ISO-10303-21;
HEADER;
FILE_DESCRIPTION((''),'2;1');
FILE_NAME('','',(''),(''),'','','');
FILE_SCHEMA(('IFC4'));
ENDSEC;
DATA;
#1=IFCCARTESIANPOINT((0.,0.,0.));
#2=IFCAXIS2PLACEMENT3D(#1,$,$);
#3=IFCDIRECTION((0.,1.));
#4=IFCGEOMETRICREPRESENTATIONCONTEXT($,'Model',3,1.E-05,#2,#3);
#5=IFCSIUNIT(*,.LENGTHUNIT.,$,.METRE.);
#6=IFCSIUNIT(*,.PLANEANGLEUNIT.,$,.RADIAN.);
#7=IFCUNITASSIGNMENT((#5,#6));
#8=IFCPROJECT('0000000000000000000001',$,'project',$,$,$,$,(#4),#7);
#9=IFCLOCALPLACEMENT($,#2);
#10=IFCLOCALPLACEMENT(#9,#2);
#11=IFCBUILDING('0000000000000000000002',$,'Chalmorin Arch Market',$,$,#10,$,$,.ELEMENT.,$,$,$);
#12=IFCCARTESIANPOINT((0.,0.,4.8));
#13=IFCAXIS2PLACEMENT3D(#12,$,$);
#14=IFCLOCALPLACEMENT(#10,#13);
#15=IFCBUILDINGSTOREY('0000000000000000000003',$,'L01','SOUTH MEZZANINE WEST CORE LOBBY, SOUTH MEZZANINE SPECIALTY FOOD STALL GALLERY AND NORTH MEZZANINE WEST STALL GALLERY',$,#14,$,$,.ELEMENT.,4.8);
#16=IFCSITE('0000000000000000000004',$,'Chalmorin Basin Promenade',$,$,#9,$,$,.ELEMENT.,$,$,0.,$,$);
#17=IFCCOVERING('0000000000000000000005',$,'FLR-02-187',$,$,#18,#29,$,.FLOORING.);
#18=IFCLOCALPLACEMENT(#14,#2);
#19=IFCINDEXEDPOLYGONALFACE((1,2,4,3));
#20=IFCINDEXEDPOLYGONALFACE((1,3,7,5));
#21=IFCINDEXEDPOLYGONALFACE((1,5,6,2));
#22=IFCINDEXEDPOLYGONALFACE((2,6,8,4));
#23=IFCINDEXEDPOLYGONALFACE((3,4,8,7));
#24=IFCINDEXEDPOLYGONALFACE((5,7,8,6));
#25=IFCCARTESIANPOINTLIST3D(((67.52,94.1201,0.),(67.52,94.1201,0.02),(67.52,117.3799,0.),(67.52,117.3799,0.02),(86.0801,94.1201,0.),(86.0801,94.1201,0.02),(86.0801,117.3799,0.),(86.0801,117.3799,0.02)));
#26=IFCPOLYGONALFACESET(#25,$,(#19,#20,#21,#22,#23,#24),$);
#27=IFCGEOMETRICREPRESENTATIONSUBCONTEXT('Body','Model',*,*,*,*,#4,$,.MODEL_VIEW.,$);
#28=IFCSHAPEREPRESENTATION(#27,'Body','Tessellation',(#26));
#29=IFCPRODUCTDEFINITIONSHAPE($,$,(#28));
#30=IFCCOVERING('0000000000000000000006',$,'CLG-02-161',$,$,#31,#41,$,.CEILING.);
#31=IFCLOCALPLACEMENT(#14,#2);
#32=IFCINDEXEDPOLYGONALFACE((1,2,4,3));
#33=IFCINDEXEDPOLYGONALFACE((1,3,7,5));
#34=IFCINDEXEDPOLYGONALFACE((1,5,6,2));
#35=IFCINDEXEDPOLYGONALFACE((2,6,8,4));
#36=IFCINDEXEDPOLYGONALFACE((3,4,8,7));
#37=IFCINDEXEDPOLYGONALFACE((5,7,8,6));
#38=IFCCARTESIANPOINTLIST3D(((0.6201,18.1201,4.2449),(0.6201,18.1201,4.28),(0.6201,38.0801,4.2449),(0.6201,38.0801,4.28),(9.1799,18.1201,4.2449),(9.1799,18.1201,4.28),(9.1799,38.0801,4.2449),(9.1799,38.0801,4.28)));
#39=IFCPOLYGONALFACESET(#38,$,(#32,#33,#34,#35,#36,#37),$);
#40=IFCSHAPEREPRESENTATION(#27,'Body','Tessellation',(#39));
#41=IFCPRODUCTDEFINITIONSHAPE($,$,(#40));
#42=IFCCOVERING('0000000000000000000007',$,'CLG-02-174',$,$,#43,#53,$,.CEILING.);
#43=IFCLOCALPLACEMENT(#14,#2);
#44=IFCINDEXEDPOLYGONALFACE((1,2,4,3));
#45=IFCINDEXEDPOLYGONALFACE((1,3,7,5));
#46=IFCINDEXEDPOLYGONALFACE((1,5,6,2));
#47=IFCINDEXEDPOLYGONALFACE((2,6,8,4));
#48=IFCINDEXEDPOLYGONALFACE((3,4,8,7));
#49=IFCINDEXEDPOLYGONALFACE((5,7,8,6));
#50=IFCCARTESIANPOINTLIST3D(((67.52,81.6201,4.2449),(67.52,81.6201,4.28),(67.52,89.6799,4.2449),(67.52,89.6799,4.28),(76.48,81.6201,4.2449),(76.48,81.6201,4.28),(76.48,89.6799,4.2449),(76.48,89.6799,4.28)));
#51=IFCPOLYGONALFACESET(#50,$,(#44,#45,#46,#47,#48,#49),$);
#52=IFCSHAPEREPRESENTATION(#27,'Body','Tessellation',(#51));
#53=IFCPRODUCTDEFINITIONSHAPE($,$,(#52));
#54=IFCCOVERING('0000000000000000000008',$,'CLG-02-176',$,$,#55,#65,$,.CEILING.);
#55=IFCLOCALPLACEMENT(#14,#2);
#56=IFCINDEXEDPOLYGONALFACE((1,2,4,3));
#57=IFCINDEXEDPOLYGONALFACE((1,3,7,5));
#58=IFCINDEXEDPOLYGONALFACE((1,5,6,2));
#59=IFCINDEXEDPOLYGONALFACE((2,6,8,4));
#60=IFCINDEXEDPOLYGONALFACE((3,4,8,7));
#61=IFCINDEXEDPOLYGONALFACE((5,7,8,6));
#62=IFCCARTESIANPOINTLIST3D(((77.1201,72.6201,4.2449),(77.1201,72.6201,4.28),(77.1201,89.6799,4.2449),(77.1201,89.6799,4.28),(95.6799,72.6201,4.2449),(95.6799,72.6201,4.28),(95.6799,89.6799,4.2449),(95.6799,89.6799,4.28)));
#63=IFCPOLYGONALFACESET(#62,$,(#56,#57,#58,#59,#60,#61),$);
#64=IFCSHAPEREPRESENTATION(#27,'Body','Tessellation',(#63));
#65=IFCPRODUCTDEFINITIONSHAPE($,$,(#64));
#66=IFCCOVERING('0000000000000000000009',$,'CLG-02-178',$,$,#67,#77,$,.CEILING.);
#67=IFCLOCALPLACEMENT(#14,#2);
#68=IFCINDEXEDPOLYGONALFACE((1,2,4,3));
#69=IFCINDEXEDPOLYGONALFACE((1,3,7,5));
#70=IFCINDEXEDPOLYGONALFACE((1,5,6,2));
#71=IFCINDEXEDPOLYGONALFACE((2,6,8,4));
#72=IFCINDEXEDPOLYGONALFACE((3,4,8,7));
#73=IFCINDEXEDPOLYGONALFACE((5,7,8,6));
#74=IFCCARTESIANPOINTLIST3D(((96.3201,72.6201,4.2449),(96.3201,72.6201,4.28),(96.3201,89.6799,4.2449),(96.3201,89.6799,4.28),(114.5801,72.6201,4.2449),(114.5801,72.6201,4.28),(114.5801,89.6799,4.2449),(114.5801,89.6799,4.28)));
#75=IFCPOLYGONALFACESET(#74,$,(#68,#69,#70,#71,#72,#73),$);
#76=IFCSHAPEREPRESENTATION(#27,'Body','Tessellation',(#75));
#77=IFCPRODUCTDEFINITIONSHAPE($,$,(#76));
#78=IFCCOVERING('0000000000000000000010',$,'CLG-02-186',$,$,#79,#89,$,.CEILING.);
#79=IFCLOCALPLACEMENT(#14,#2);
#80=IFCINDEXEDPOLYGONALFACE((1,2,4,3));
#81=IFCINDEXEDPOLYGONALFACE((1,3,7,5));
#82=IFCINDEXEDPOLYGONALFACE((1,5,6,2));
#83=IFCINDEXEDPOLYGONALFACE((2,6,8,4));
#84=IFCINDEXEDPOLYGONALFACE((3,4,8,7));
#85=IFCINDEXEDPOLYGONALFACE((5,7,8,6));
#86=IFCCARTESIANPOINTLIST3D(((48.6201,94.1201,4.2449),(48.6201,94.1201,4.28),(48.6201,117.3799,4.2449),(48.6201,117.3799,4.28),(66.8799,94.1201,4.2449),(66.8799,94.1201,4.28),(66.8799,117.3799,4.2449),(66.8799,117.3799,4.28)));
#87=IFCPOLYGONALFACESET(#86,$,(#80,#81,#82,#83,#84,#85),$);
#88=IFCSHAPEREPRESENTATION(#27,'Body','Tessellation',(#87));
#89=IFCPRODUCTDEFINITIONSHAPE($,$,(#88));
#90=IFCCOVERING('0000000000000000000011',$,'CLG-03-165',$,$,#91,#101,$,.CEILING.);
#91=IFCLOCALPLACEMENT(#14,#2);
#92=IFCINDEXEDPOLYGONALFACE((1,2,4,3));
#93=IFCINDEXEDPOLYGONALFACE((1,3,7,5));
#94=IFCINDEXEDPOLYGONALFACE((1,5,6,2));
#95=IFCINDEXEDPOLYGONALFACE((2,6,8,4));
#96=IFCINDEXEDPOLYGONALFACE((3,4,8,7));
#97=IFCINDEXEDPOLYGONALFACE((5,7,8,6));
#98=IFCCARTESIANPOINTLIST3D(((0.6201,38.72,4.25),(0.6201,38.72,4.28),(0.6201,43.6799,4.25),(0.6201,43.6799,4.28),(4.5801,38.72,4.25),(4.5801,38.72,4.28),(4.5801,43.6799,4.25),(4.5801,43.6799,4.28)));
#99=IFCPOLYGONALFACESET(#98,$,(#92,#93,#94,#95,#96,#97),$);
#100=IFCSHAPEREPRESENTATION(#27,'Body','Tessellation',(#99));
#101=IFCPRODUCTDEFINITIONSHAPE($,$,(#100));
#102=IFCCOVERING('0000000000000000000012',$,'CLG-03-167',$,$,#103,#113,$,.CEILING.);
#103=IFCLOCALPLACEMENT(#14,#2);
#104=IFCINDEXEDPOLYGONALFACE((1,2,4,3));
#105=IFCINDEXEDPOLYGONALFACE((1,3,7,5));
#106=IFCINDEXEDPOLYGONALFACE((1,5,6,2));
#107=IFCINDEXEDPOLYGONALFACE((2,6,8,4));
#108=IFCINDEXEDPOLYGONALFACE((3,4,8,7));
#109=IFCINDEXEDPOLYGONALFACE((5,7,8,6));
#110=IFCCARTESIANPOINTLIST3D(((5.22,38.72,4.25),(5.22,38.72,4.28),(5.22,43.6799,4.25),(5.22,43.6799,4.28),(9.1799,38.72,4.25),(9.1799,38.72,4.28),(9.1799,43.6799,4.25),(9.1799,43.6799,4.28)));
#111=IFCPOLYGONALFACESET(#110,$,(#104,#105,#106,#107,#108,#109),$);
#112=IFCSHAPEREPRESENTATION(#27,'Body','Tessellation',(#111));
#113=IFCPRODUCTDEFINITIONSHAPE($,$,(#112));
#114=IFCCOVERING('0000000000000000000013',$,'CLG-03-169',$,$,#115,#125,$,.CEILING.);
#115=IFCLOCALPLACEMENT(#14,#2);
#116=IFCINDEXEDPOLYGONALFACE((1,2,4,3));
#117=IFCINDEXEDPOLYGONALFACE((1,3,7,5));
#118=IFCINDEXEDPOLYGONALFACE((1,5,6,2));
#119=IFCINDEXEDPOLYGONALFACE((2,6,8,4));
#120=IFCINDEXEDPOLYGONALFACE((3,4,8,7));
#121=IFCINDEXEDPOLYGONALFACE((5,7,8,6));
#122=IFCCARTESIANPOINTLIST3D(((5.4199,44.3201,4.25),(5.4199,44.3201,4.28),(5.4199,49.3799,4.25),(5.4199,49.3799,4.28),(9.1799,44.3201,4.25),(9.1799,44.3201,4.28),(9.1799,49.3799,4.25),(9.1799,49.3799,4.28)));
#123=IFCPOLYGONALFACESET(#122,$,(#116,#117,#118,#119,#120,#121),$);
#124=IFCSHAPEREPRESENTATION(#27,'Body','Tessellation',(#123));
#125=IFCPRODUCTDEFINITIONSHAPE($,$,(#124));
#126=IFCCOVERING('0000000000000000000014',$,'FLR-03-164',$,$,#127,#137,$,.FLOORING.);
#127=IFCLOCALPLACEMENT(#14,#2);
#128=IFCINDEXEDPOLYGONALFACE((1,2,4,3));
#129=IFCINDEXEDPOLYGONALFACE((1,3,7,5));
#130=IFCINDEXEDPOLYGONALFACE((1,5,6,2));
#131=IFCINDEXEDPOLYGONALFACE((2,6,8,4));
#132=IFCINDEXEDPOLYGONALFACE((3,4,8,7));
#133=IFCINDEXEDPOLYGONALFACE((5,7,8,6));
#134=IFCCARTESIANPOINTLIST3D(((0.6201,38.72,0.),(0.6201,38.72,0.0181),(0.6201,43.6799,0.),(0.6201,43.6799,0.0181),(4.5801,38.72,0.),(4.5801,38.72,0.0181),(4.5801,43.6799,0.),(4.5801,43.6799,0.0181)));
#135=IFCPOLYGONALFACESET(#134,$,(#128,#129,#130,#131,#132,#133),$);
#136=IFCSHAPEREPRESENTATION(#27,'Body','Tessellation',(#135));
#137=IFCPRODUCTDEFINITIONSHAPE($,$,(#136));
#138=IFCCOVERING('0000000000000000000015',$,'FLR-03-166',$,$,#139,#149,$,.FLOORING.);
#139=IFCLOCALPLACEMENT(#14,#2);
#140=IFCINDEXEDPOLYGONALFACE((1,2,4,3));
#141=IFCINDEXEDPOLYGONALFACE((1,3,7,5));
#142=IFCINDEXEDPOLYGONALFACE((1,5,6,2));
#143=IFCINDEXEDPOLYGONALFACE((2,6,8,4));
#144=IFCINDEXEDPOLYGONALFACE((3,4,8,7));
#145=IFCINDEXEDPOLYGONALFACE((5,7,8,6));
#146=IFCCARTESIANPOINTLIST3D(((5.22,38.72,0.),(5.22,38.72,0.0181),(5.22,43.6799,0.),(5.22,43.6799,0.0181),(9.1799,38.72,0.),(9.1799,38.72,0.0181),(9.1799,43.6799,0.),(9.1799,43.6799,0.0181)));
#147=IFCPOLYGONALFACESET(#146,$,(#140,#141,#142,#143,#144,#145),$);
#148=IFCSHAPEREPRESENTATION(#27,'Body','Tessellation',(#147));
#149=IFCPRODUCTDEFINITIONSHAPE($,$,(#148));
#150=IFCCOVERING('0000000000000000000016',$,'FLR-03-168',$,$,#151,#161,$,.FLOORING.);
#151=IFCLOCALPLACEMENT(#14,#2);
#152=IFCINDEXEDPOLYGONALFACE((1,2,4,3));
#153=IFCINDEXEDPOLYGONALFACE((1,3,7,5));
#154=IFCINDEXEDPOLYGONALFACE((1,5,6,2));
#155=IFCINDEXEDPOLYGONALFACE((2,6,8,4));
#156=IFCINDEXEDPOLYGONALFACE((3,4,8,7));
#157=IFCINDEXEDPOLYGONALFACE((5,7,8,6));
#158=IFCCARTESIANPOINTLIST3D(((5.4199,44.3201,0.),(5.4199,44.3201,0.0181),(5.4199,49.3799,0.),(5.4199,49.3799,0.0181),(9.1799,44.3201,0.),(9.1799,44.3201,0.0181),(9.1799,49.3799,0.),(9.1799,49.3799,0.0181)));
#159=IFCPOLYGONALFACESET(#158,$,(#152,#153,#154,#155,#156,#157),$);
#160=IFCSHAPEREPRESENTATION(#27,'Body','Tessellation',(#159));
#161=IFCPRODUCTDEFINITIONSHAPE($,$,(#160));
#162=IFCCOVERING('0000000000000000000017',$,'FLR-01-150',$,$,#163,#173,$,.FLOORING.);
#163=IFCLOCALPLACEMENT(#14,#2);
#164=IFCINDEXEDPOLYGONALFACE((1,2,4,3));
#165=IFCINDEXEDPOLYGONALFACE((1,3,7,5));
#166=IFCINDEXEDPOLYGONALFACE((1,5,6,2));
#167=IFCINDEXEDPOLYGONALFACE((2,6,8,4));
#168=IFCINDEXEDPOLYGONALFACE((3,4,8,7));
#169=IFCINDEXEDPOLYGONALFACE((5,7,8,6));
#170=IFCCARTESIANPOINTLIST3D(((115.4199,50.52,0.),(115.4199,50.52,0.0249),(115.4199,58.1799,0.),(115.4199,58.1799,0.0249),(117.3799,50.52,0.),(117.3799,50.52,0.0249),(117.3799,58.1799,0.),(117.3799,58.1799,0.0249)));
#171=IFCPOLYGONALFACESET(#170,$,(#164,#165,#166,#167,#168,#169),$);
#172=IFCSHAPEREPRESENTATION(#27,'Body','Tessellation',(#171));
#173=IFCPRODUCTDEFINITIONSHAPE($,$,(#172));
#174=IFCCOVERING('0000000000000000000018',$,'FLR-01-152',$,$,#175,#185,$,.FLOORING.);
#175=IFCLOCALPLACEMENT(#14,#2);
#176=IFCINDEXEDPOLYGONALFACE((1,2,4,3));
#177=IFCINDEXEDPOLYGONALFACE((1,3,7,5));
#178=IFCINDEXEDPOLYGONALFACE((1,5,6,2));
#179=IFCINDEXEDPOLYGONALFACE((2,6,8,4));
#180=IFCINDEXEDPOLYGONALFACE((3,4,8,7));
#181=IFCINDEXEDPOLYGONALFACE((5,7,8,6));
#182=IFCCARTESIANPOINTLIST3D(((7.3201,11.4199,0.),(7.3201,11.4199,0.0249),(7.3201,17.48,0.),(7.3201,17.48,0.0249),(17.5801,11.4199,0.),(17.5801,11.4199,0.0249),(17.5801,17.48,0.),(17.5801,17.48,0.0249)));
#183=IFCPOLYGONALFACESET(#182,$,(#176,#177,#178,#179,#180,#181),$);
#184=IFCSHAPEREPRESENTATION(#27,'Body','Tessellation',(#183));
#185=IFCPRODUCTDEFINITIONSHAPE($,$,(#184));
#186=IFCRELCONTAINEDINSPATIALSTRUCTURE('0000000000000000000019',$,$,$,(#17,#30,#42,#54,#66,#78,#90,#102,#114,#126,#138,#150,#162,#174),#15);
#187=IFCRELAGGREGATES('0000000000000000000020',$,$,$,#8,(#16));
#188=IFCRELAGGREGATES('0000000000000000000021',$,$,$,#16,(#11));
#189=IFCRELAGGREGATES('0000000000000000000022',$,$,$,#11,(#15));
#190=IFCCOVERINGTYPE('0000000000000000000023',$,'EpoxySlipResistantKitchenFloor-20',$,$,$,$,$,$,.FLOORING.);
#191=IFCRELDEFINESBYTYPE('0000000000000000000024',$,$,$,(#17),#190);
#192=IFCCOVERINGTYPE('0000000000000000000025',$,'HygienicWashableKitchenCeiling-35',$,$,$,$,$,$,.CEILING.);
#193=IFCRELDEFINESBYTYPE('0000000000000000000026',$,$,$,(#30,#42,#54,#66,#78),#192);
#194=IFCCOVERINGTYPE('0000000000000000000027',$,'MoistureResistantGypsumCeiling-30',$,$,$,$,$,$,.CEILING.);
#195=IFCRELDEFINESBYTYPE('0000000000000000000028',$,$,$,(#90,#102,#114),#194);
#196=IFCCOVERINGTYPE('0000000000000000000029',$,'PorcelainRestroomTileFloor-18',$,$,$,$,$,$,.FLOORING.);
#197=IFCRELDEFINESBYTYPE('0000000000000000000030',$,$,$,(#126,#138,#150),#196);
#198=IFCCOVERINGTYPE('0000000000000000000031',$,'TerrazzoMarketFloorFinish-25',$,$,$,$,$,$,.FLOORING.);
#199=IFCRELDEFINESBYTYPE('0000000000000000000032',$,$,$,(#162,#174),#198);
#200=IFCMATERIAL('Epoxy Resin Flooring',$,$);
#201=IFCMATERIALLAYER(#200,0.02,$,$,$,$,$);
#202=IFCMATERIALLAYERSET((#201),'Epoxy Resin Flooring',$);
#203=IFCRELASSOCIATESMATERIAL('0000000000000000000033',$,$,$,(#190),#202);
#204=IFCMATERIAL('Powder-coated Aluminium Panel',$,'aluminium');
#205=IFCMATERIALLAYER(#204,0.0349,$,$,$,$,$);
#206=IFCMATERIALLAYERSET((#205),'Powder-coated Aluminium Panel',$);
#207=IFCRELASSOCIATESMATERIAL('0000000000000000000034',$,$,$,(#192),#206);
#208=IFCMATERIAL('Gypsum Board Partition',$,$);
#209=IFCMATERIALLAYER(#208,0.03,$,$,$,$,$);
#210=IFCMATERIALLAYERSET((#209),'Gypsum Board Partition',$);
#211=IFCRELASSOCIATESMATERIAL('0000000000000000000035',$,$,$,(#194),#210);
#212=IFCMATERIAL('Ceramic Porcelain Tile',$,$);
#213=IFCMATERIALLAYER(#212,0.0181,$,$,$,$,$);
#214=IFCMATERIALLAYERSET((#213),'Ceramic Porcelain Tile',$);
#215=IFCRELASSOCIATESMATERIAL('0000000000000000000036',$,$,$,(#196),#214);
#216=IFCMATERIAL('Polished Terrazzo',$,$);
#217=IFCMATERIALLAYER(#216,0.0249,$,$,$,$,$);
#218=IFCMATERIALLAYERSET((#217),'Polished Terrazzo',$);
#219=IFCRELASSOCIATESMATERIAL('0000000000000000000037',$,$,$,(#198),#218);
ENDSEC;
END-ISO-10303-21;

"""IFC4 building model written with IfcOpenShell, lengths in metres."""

from ifc_helpers import new_model, si_unit, direction, frame, origin, place, context, subcontext, project, spatial, polyline, outline, extrude, material, layer, layer_set, type_object, element, save


model = new_model("IFC4")

# Units and contexts
model_context = context("Model", 3, precision=1e-05, world=origin(), true_north=direction((0.0, 1.0)))
body_context = subcontext(model_context, "Body", "Model", "MODEL_VIEW")
ifc_project = project(units=[si_unit("LENGTHUNIT", "METRE"), si_unit("PLANEANGLEUNIT", "RADIAN")], contexts=[model_context])

# Site, building, storey
site_placement = place(None, origin())
site = spatial("IfcSite", under=ifc_project, at=site_placement, Name="Chalmorin Basin Promenade", CompositionType="ELEMENT", RefElevation=0.0)
building_placement = place(site_placement, origin())
building = spatial("IfcBuilding", under=site, at=building_placement, Name="Chalmorin Arch Market", CompositionType="ELEMENT")
storey_placement = place(building_placement, frame((0.0, 0.0, 4.8)))
storey = spatial("IfcBuildingStorey", under=building, at=storey_placement, Name="L01", Description="SOUTH MEZZANINE WEST CORE LOBBY, SOUTH MEZZANINE SPECIALTY FOOD STALL GALLERY AND NORTH MEZZANINE WEST STALL GALLERY", CompositionType="ELEMENT", Elevation=4.8)

# Coverings
ifc_material_1 = material(Name="Epoxy Resin Flooring")
ifc_layer_1 = layer(ifc_material_1, 0.02)
ifc_layer_set_1 = layer_set([ifc_layer_1], Name="Epoxy Resin Flooring")
covering_type_1 = type_object("IfcCoveringType", Name="EpoxySlipResistantKitchenFloor-20", PredefinedType="FLOORING", material=ifc_layer_set_1)
covering_1_placement = place(storey_placement, origin())
element("IfcCovering", 1, at=covering_1_placement, inside=storey, type_object=covering_type_1, Name="FLR-02-187", PredefinedType="FLOORING", context=body_context, shape_type="SweptSolid", body=[
    extrude(outline(polyline([(67.52, 94.1201), (86.0801, 94.1201), (86.0801, 117.3799), (67.52, 117.3799), (67.52, 94.1201)])), origin(), (0.0, 0.0, 1.0), 0.02),
])
ifc_material_2 = material(Name="Powder-coated Aluminium Panel", Category="aluminium")
ifc_layer_2 = layer(ifc_material_2, 0.0349)
ifc_layer_set_2 = layer_set([ifc_layer_2], Name="Powder-coated Aluminium Panel")
covering_type_2 = type_object("IfcCoveringType", Name="HygienicWashableKitchenCeiling-35", PredefinedType="CEILING", material=ifc_layer_set_2)
covering_2_placement = place(storey_placement, frame((0.0, 0.0, 4.2449)))
element("IfcCovering", 2, at=covering_2_placement, inside=storey, type_object=covering_type_2, Name="CLG-02-161", PredefinedType="CEILING", context=body_context, shape_type="SweptSolid", body=[
    extrude(outline(polyline([(0.6201, 18.1201), (9.1799, 18.1201), (9.1799, 38.0801), (0.6201, 38.0801), (0.6201, 18.1201)])), origin(), (0.0, 0.0, 1.0), 0.0352),
])
covering_3_placement = place(storey_placement, frame((0.0, 0.0, 4.2449)))
element("IfcCovering", 3, at=covering_3_placement, inside=storey, type_object=covering_type_2, Name="CLG-02-174", PredefinedType="CEILING", context=body_context, shape_type="SweptSolid", body=[
    extrude(outline(polyline([(67.52, 81.6201), (76.48, 81.6201), (76.48, 89.6799), (67.52, 89.6799), (67.52, 81.6201)])), origin(), (0.0, 0.0, 1.0), 0.0352),
])
covering_4_placement = place(storey_placement, frame((0.0, 0.0, 4.2449)))
element("IfcCovering", 4, at=covering_4_placement, inside=storey, type_object=covering_type_2, Name="CLG-02-176", PredefinedType="CEILING", context=body_context, shape_type="SweptSolid", body=[
    extrude(outline(polyline([(77.1201, 72.6201), (95.6799, 72.6201), (95.6799, 89.6799), (77.1201, 89.6799), (77.1201, 72.6201)])), origin(), (0.0, 0.0, 1.0), 0.0352),
])
covering_5_placement = place(storey_placement, frame((0.0, 0.0, 4.2449)))
element("IfcCovering", 5, at=covering_5_placement, inside=storey, type_object=covering_type_2, Name="CLG-02-178", PredefinedType="CEILING", context=body_context, shape_type="SweptSolid", body=[
    extrude(outline(polyline([(96.3201, 72.6201), (114.5801, 72.6201), (114.5801, 89.6799), (96.3201, 89.6799), (96.3201, 72.6201)])), origin(), (0.0, 0.0, 1.0), 0.0352),
])
covering_6_placement = place(storey_placement, frame((0.0, 0.0, 4.2449)))
element("IfcCovering", 6, at=covering_6_placement, inside=storey, type_object=covering_type_2, Name="CLG-02-186", PredefinedType="CEILING", context=body_context, shape_type="SweptSolid", body=[
    extrude(outline(polyline([(48.6201, 94.1201), (66.8799, 94.1201), (66.8799, 117.3799), (48.6201, 117.3799), (48.6201, 94.1201)])), origin(), (0.0, 0.0, 1.0), 0.0352),
])
ifc_material_3 = material(Name="Gypsum Board Partition")
ifc_layer_3 = layer(ifc_material_3, 0.03)
ifc_layer_set_3 = layer_set([ifc_layer_3], Name="Gypsum Board Partition")
covering_type_3 = type_object("IfcCoveringType", Name="MoistureResistantGypsumCeiling-30", PredefinedType="CEILING", material=ifc_layer_set_3)
covering_7_placement = place(storey_placement, frame((0.0, 0.0, 4.25)))
element("IfcCovering", 7, at=covering_7_placement, inside=storey, type_object=covering_type_3, Name="CLG-03-165", PredefinedType="CEILING", context=body_context, shape_type="SweptSolid", body=[
    extrude(outline(polyline([(0.6201, 38.72), (4.5801, 38.72), (4.5801, 43.6799), (0.6201, 43.6799), (0.6201, 38.72)])), origin(), (0.0, 0.0, 1.0), 0.03),
])
covering_8_placement = place(storey_placement, frame((0.0, 0.0, 4.25)))
element("IfcCovering", 8, at=covering_8_placement, inside=storey, type_object=covering_type_3, Name="CLG-03-167", PredefinedType="CEILING", context=body_context, shape_type="SweptSolid", body=[
    extrude(outline(polyline([(5.22, 38.72), (9.1799, 38.72), (9.1799, 43.6799), (5.22, 43.6799), (5.22, 38.72)])), origin(), (0.0, 0.0, 1.0), 0.03),
])
covering_9_placement = place(storey_placement, frame((0.0, 0.0, 4.25)))
element("IfcCovering", 9, at=covering_9_placement, inside=storey, type_object=covering_type_3, Name="CLG-03-169", PredefinedType="CEILING", context=body_context, shape_type="SweptSolid", body=[
    extrude(outline(polyline([(5.4199, 44.3201), (9.1799, 44.3201), (9.1799, 49.3799), (5.4199, 49.3799), (5.4199, 44.3201)])), origin(), (0.0, 0.0, 1.0), 0.03),
])
ifc_material_4 = material(Name="Ceramic Porcelain Tile")
ifc_layer_4 = layer(ifc_material_4, 0.0181)
ifc_layer_set_4 = layer_set([ifc_layer_4], Name="Ceramic Porcelain Tile")
covering_type_4 = type_object("IfcCoveringType", Name="PorcelainRestroomTileFloor-18", PredefinedType="FLOORING", material=ifc_layer_set_4)
covering_10_placement = place(storey_placement, origin())
element("IfcCovering", 10, at=covering_10_placement, inside=storey, type_object=covering_type_4, Name="FLR-03-164", PredefinedType="FLOORING", context=body_context, shape_type="SweptSolid", body=[
    extrude(outline(polyline([(0.6201, 38.72), (4.5801, 38.72), (4.5801, 43.6799), (0.6201, 43.6799), (0.6201, 38.72)])), origin(), (0.0, 0.0, 1.0), 0.0181),
])
covering_11_placement = place(storey_placement, origin())
element("IfcCovering", 11, at=covering_11_placement, inside=storey, type_object=covering_type_4, Name="FLR-03-166", PredefinedType="FLOORING", context=body_context, shape_type="SweptSolid", body=[
    extrude(outline(polyline([(5.22, 38.72), (9.1799, 38.72), (9.1799, 43.6799), (5.22, 43.6799), (5.22, 38.72)])), origin(), (0.0, 0.0, 1.0), 0.0181),
])
covering_12_placement = place(storey_placement, origin())
element("IfcCovering", 12, at=covering_12_placement, inside=storey, type_object=covering_type_4, Name="FLR-03-168", PredefinedType="FLOORING", context=body_context, shape_type="SweptSolid", body=[
    extrude(outline(polyline([(5.4199, 44.3201), (9.1799, 44.3201), (9.1799, 49.3799), (5.4199, 49.3799), (5.4199, 44.3201)])), origin(), (0.0, 0.0, 1.0), 0.0181),
])
ifc_material_5 = material(Name="Polished Terrazzo")
ifc_layer_5 = layer(ifc_material_5, 0.0249)
ifc_layer_set_5 = layer_set([ifc_layer_5], Name="Polished Terrazzo")
covering_type_5 = type_object("IfcCoveringType", Name="TerrazzoMarketFloorFinish-25", PredefinedType="FLOORING", material=ifc_layer_set_5)
covering_13_placement = place(storey_placement, origin())
element("IfcCovering", 13, at=covering_13_placement, inside=storey, type_object=covering_type_5, Name="FLR-01-150", PredefinedType="FLOORING", context=body_context, shape_type="SweptSolid", body=[
    extrude(outline(polyline([(115.4199, 50.52), (117.3799, 50.52), (117.3799, 58.1799), (115.4199, 58.1799), (115.4199, 50.52)])), origin(), (0.0, 0.0, 1.0), 0.0249),
])
covering_14_placement = place(storey_placement, origin())
element("IfcCovering", 14, at=covering_14_placement, inside=storey, type_object=covering_type_5, Name="FLR-01-152", PredefinedType="FLOORING", context=body_context, shape_type="SweptSolid", body=[
    extrude(outline(polyline([(7.3201, 11.4199), (17.5801, 11.4199), (17.5801, 17.48), (7.3201, 17.48), (7.3201, 11.4199)])), origin(), (0.0, 0.0, 1.0), 0.0249),
])

save(model, "model.ifc")
